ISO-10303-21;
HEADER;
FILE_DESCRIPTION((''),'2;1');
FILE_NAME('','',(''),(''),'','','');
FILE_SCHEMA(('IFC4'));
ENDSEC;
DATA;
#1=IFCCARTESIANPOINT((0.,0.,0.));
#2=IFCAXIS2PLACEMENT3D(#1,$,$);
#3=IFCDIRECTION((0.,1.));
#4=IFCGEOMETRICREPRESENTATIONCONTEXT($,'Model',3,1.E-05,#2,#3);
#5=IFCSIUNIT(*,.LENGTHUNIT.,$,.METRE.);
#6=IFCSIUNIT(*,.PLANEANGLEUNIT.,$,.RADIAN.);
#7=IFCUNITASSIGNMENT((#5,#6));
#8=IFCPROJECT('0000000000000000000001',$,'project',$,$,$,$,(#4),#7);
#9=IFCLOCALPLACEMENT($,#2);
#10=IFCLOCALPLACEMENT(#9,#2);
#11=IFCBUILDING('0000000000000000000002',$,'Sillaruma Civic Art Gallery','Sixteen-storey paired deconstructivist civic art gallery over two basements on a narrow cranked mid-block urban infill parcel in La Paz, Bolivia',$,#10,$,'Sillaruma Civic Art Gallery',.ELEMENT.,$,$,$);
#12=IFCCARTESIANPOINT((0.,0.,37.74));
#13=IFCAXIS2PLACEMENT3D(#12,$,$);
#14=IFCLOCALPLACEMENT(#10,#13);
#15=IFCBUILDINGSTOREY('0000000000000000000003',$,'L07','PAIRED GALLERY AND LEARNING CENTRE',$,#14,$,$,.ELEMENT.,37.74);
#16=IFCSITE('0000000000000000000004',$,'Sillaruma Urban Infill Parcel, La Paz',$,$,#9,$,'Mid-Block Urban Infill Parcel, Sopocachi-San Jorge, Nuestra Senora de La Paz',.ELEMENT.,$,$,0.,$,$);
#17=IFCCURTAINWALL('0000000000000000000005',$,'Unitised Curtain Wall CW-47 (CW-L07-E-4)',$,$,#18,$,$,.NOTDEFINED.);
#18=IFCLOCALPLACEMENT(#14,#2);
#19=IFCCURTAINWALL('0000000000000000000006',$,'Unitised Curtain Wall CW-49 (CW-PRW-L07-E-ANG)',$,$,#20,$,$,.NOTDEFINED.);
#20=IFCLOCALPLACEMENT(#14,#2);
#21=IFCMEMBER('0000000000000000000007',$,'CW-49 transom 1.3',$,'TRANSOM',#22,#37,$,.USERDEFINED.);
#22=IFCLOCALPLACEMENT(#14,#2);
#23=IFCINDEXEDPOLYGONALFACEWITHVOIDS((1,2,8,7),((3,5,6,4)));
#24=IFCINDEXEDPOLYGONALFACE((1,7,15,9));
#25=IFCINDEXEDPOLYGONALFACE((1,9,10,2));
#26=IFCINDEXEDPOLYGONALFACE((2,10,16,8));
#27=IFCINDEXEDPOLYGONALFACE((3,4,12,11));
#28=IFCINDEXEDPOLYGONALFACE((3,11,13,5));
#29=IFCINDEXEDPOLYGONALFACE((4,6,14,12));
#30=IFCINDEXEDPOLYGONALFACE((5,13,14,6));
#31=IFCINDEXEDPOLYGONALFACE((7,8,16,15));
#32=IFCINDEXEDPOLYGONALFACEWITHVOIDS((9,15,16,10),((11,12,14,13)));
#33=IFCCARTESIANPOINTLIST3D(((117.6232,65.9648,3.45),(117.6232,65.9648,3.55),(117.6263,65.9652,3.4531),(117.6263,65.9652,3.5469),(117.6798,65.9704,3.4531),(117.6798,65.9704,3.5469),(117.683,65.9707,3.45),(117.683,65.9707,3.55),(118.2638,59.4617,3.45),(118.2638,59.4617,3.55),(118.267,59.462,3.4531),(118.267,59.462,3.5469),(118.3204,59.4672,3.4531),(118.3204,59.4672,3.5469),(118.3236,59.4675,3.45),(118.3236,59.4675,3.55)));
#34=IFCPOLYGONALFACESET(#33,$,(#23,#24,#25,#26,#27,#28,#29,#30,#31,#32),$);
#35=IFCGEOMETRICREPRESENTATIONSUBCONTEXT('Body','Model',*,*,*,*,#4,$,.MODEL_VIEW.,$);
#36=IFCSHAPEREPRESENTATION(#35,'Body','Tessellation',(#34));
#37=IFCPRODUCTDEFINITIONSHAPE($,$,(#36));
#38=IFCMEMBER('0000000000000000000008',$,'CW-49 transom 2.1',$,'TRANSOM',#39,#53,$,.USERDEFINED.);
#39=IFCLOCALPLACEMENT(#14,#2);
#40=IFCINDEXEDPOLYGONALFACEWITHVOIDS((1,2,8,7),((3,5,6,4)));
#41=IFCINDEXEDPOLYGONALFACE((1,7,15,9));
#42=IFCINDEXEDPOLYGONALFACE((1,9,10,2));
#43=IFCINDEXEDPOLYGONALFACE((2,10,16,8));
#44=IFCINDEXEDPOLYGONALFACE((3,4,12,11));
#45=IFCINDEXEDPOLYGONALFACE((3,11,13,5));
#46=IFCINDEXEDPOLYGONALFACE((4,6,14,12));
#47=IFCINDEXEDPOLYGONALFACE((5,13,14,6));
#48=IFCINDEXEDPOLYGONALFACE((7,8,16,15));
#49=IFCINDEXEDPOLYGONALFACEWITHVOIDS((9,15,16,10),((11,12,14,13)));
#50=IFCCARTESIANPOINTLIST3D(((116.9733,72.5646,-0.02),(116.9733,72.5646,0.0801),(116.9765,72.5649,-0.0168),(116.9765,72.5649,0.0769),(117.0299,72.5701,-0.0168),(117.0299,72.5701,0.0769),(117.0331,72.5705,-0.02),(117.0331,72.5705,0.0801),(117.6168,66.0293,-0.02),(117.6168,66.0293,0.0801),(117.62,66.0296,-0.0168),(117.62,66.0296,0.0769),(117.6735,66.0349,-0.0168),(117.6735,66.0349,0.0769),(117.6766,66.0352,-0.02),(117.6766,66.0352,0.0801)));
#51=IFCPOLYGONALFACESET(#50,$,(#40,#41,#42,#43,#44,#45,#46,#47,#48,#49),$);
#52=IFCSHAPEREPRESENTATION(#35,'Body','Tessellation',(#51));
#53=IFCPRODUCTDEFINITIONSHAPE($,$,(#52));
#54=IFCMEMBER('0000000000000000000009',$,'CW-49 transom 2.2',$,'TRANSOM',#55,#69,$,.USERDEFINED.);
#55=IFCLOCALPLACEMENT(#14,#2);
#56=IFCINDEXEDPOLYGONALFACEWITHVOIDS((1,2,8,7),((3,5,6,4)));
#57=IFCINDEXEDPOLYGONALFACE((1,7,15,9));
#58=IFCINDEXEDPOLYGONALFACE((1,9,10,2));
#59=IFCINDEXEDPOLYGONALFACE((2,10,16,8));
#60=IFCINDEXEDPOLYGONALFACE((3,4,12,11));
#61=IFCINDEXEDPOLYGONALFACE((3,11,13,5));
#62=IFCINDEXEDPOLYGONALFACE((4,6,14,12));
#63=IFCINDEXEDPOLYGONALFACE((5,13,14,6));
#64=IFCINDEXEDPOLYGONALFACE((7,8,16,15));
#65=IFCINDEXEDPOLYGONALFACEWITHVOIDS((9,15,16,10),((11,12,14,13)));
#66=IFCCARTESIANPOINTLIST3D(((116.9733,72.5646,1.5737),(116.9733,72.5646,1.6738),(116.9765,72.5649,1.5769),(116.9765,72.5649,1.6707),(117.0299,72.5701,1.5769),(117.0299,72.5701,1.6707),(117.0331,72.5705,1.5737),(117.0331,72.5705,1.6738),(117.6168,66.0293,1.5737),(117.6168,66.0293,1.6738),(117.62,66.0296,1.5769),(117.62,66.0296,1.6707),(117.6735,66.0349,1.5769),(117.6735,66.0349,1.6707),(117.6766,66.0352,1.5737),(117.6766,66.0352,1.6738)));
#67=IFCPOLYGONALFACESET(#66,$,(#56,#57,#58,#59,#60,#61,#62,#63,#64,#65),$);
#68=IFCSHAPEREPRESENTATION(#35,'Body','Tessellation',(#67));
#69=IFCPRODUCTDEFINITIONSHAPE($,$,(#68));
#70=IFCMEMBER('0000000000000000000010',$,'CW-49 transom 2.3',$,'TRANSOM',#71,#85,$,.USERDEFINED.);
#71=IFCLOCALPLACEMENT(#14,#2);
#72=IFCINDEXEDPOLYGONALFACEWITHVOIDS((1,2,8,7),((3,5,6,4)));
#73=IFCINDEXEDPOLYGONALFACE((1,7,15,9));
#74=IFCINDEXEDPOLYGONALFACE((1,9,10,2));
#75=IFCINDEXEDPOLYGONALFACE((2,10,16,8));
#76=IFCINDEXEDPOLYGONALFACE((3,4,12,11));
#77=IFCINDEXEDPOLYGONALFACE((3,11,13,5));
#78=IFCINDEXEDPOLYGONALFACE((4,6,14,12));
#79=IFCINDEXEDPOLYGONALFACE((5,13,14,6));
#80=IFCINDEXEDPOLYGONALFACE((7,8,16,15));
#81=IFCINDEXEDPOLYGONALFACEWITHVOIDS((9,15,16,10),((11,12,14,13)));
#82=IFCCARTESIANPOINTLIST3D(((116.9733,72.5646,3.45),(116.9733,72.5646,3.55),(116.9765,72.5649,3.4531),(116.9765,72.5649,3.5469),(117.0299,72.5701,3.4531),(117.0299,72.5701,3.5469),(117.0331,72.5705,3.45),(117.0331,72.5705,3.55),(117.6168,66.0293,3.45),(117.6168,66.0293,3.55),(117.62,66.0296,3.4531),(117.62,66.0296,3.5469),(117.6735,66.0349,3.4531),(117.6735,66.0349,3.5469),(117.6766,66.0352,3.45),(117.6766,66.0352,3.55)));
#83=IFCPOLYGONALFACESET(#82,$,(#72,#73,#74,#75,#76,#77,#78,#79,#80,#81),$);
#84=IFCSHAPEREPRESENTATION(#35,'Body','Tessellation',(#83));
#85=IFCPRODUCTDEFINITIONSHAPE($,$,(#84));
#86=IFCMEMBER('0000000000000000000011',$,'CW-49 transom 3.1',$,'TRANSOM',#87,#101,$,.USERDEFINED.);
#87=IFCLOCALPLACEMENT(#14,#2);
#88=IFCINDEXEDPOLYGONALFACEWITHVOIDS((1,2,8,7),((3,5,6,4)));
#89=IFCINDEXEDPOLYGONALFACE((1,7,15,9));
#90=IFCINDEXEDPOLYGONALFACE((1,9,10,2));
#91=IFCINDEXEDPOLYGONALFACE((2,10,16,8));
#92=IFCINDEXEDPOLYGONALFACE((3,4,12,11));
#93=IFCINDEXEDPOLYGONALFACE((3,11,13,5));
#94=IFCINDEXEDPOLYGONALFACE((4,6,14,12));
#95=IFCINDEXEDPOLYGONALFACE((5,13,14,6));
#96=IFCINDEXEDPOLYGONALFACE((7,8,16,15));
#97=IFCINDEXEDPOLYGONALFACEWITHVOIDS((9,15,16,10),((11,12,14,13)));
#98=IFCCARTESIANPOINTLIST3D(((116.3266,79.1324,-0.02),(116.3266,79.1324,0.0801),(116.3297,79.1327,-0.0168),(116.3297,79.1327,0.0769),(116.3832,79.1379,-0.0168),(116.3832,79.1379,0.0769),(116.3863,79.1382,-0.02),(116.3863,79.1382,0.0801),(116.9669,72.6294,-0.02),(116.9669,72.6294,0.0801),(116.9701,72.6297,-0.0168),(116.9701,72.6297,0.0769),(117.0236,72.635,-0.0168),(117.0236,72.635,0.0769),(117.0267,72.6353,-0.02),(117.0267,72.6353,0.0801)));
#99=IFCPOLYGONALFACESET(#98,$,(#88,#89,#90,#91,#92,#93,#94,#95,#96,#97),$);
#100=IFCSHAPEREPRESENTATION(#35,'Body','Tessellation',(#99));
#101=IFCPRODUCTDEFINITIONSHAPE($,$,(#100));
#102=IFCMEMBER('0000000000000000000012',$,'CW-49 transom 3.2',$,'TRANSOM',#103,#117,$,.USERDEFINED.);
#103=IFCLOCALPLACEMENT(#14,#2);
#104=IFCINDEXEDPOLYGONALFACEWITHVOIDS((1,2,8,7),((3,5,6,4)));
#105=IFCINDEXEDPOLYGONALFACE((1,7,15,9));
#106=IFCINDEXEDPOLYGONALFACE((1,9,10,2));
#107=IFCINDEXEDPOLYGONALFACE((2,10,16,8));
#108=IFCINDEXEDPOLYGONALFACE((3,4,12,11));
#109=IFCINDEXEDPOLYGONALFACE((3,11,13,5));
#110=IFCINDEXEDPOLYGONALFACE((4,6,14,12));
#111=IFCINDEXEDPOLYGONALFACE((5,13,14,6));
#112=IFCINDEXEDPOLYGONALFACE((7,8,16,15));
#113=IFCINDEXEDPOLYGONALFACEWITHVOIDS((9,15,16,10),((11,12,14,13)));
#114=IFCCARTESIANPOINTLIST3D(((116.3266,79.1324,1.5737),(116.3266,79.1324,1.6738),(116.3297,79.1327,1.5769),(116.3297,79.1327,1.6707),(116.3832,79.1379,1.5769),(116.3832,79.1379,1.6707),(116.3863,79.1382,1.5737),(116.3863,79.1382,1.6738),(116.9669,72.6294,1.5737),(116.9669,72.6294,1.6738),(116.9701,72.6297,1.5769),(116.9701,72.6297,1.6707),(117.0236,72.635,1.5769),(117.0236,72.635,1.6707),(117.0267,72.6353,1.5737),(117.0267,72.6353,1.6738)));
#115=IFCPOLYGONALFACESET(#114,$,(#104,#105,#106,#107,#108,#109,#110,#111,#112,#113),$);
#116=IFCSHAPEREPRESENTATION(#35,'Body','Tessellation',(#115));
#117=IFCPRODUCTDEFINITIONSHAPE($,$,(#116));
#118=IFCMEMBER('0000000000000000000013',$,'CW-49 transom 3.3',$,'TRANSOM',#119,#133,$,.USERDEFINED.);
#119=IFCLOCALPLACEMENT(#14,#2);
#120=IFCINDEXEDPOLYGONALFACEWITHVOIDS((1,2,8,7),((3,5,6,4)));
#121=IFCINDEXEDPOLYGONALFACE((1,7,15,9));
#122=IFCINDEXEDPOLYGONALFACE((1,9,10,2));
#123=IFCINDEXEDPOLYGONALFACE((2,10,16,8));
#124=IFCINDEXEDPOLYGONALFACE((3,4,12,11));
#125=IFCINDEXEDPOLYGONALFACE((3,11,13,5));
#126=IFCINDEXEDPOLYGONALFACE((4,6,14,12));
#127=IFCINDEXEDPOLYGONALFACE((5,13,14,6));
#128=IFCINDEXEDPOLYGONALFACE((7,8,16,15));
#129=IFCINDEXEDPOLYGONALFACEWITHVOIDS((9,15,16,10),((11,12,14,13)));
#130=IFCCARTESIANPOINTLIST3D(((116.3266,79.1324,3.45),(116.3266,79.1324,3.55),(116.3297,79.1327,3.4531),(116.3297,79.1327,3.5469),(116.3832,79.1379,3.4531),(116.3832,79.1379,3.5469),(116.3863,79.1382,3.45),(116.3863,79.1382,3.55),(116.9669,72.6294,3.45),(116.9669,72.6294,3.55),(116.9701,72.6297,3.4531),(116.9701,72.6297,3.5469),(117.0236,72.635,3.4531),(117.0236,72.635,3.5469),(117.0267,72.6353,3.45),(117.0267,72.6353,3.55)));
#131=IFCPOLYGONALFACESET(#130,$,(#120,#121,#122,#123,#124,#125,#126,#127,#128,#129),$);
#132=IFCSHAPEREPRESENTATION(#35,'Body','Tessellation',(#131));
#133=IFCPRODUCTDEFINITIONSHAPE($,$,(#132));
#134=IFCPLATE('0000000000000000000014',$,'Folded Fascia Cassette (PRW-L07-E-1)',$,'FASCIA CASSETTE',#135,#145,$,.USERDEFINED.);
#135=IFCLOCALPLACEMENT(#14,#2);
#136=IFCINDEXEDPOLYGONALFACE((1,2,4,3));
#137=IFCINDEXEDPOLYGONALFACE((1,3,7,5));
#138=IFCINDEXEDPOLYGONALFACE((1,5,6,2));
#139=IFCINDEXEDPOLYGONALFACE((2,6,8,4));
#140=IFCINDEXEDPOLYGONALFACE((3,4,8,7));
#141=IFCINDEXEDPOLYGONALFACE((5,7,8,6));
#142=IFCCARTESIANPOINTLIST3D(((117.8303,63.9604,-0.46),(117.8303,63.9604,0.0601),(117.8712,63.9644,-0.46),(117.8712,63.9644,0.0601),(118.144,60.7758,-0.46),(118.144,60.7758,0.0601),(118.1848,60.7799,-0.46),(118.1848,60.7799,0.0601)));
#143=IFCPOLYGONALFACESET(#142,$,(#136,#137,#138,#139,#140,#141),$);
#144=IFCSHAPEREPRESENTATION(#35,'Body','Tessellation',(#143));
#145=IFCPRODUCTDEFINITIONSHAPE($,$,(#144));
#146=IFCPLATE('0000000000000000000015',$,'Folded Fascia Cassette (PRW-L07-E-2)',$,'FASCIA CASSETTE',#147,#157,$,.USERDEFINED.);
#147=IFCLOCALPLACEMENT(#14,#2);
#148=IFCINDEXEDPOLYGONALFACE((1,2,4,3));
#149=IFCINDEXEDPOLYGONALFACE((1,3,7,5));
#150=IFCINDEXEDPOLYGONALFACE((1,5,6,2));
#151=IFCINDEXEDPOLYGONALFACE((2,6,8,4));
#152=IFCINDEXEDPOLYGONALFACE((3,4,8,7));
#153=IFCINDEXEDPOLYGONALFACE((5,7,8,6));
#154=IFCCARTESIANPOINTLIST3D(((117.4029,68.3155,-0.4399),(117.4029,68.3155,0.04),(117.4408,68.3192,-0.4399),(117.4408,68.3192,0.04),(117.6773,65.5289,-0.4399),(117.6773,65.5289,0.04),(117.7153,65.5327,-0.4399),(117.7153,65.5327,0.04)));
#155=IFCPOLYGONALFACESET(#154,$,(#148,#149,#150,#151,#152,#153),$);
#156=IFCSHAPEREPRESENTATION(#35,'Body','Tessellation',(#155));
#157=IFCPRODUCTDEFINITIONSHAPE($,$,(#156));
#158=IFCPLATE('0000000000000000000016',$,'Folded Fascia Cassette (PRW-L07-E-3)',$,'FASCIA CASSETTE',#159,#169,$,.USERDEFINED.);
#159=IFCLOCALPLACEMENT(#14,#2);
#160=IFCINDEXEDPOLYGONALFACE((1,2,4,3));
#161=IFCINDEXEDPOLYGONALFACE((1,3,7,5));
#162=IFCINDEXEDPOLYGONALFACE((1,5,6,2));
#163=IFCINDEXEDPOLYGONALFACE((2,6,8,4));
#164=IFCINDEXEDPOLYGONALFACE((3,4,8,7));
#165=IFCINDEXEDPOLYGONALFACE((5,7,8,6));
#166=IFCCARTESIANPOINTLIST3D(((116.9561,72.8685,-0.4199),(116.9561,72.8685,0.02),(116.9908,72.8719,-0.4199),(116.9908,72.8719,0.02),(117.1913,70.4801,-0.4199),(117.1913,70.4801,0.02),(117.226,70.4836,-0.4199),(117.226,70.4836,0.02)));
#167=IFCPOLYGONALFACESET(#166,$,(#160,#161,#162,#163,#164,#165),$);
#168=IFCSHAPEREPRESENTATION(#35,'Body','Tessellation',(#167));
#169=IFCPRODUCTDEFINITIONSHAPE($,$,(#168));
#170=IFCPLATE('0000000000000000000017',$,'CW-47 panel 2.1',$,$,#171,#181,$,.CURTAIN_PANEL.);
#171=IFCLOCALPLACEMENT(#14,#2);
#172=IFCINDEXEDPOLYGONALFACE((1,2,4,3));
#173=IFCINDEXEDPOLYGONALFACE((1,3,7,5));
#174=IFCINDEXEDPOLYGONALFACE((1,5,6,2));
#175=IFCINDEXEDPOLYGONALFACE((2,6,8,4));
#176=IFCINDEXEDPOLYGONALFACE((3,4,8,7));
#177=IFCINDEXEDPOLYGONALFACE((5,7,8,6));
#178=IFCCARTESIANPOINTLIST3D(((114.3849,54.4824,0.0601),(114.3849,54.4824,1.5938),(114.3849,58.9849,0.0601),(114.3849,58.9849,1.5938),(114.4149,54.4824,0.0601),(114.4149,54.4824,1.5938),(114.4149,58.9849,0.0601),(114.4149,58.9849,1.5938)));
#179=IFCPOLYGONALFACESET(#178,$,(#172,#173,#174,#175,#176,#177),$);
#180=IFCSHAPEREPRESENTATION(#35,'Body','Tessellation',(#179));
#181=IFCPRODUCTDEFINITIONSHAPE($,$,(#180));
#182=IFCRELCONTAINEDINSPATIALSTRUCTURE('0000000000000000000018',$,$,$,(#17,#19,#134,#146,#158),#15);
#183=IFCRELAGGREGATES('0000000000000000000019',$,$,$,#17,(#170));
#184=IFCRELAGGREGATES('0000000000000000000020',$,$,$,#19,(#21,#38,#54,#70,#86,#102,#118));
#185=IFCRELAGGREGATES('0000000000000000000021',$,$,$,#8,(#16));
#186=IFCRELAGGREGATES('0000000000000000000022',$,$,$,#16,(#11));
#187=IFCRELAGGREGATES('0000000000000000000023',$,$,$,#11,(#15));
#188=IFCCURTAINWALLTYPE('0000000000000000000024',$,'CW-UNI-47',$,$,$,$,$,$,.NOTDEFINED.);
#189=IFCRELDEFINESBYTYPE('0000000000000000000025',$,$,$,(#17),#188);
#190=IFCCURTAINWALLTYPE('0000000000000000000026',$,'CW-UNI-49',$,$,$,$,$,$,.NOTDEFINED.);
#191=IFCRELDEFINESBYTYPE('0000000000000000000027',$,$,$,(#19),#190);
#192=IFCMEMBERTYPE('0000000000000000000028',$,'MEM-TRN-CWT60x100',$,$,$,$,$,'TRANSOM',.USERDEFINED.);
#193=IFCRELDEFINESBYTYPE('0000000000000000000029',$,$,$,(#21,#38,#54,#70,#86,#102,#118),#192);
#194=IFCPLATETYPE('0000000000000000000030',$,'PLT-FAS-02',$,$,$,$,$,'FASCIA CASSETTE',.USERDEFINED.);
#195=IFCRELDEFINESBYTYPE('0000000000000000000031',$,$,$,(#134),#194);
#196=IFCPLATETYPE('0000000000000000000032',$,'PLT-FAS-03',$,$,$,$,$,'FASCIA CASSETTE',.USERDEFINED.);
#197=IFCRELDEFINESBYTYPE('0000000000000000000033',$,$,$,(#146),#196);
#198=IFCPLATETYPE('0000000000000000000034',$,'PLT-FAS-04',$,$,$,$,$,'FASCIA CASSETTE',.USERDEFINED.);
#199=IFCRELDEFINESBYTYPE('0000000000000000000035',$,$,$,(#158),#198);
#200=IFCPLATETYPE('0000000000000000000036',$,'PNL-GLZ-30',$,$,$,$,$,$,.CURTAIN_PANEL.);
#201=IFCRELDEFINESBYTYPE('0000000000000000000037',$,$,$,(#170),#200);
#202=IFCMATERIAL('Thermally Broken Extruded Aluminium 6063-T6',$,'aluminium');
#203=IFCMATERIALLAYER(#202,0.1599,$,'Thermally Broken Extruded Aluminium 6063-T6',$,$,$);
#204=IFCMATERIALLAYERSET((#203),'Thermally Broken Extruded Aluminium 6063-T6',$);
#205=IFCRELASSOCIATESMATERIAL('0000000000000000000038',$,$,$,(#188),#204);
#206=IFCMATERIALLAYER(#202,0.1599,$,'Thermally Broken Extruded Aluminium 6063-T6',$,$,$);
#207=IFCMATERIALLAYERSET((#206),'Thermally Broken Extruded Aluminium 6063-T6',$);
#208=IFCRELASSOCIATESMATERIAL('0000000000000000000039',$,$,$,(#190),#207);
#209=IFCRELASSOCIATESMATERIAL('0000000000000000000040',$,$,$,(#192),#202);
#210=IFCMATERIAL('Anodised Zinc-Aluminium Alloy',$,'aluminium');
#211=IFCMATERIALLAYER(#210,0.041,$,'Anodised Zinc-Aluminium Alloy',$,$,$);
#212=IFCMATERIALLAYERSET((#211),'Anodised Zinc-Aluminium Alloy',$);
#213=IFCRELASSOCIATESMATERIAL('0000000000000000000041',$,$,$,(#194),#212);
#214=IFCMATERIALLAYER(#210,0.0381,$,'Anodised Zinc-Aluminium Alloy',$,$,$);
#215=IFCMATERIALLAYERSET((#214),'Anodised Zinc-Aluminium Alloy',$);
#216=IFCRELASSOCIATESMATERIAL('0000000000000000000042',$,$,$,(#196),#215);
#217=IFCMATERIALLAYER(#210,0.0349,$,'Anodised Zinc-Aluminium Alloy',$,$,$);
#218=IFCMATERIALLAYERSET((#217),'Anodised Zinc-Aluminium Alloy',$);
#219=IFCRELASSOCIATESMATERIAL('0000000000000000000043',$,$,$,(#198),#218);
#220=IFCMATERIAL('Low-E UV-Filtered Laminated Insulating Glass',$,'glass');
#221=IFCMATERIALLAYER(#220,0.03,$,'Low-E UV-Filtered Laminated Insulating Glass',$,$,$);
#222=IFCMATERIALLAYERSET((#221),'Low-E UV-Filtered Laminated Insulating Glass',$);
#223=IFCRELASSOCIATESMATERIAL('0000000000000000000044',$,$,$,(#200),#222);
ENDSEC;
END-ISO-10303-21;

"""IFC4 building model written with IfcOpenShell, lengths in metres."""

from ifc_helpers import new_model, si_unit, direction, frame, origin, origin_2d, place, context, subcontext, project, spatial, rectangle, hollow_rectangle, extrude, material, layer, layer_set, material_profile, profile_set, type_object, element, aggregate, save


model = new_model("IFC4")

# Units and contexts
model_context = context("Model", 3, precision=1e-05, world=origin(), true_north=direction((0.0, 1.0)))
body_context = subcontext(model_context, "Body", "Model", "MODEL_VIEW")
ifc_project = project(units=[si_unit("LENGTHUNIT", "METRE"), si_unit("PLANEANGLEUNIT", "RADIAN")], contexts=[model_context])

# Site, building, storey
site_placement = place(None, origin())
site = spatial("IfcSite", under=ifc_project, at=site_placement, Name="Sillaruma Urban Infill Parcel, La Paz", LongName="Mid-Block Urban Infill Parcel, Sopocachi-San Jorge, Nuestra Senora de La Paz", CompositionType="ELEMENT", RefElevation=0.0)
building_placement = place(site_placement, origin())
building = spatial("IfcBuilding", under=site, at=building_placement, Name="Sillaruma Civic Art Gallery", Description="Sixteen-storey paired deconstructivist civic art gallery over two basements on a narrow cranked mid-block urban infill parcel in La Paz, Bolivia", LongName="Sillaruma Civic Art Gallery", CompositionType="ELEMENT")
storey_placement = place(building_placement, frame((0.0, 0.0, 37.74)))
storey = spatial("IfcBuildingStorey", under=building, at=storey_placement, Name="L07", Description="PAIRED GALLERY AND LEARNING CENTRE", CompositionType="ELEMENT", Elevation=37.74)

# Curtain walls
ifc_material_1 = material(Name="Thermally Broken Extruded Aluminium 6063-T6", Category="aluminium")
ifc_layer_1 = layer(ifc_material_1, 0.1599, Name="Thermally Broken Extruded Aluminium 6063-T6")
ifc_layer_set_1 = layer_set([ifc_layer_1], Name="Thermally Broken Extruded Aluminium 6063-T6")
curtain_wall_type_1 = type_object("IfcCurtainWallType", Name="CW-UNI-47", PredefinedType="NOTDEFINED", material=ifc_layer_set_1)
curtain_wall_1_placement = place(storey_placement, origin())
curtain_wall_1 = element("IfcCurtainWall", 1, at=curtain_wall_1_placement, inside=storey, type_object=curtain_wall_type_1, Name="Unitised Curtain Wall CW-47 (CW-L07-E-4)", PredefinedType="NOTDEFINED")
ifc_layer_2 = layer(ifc_material_1, 0.1599, Name="Thermally Broken Extruded Aluminium 6063-T6")
ifc_layer_set_2 = layer_set([ifc_layer_2], Name="Thermally Broken Extruded Aluminium 6063-T6")
curtain_wall_type_2 = type_object("IfcCurtainWallType", Name="CW-UNI-49", PredefinedType="NOTDEFINED", material=ifc_layer_set_2)
curtain_wall_2_placement = place(storey_placement, origin())
curtain_wall_2 = element("IfcCurtainWall", 2, at=curtain_wall_2_placement, inside=storey, type_object=curtain_wall_type_2, Name="Unitised Curtain Wall CW-49 (CW-PRW-L07-E-ANG)", PredefinedType="NOTDEFINED")

# Members
ifc_material_profile_1 = material_profile(ifc_material_1, hollow_rectangle(XDim=0.0601, YDim=0.1001, WallThickness=0.0032, at=origin_2d()), Name="CWT60x100")
ifc_profile_set_1 = profile_set([ifc_material_profile_1], Name="Thermally Broken Extruded Aluminium 6063-T6")
member_type_1 = type_object("IfcMemberType", Name="MEM-TRN-CWT60x100", ElementType="TRANSOM", PredefinedType="USERDEFINED", material=ifc_profile_set_1)
member_1_placement = place(storey_placement, frame((118.2937, 59.4646, 3.5), z_axis=(-0.098035, 0.995183, 0.0), x_axis=(-0.995183, -0.098035, 0.0)))
member_1 = element("IfcMember", 3, at=member_1_placement, type_object=member_type_1, Name="CW-49 transom 1.3", ObjectType="TRANSOM", PredefinedType="USERDEFINED", context=body_context, shape_type="SweptSolid", body=[
    extrude(hollow_rectangle(XDim=0.0601, YDim=0.1001, WallThickness=0.0032, at=origin_2d()), origin(), (0.0, 0.0, 1.0), 6.5347),
])
member_2_placement = place(storey_placement, frame((117.6467, 66.0322, 0.03), z_axis=(-0.097998, 0.995187, 0.0), x_axis=(-0.995187, -0.097998, 0.0)))
member_2 = element("IfcMember", 4, at=member_2_placement, type_object=member_type_1, Name="CW-49 transom 2.1", ObjectType="TRANSOM", PredefinedType="USERDEFINED", context=body_context, shape_type="SweptSolid", body=[
    extrude(hollow_rectangle(XDim=0.0601, YDim=0.1001, WallThickness=0.0032, at=origin_2d()), origin(), (0.0, 0.0, 1.0), 6.5669),
])
member_3_placement = place(storey_placement, frame((117.6467, 66.0322, 1.6238), z_axis=(-0.097998, 0.995187, 0.0), x_axis=(-0.995187, -0.097998, 0.0)))
member_3 = element("IfcMember", 5, at=member_3_placement, type_object=member_type_1, Name="CW-49 transom 2.2", ObjectType="TRANSOM", PredefinedType="USERDEFINED", context=body_context, shape_type="SweptSolid", body=[
    extrude(hollow_rectangle(XDim=0.0601, YDim=0.1001, WallThickness=0.0032, at=origin_2d()), origin(), (0.0, 0.0, 1.0), 6.5669),
])
member_4_placement = place(storey_placement, frame((117.6467, 66.0322, 3.5), z_axis=(-0.097998, 0.995187, 0.0), x_axis=(-0.995187, -0.097998, 0.0)))
member_4 = element("IfcMember", 6, at=member_4_placement, type_object=member_type_1, Name="CW-49 transom 2.3", ObjectType="TRANSOM", PredefinedType="USERDEFINED", context=body_context, shape_type="SweptSolid", body=[
    extrude(hollow_rectangle(XDim=0.0601, YDim=0.1001, WallThickness=0.0032, at=origin_2d()), origin(), (0.0, 0.0, 1.0), 6.5669),
])
member_5_placement = place(storey_placement, frame((116.9968, 72.6323, 0.03), z_axis=(-0.098002, 0.995186, 0.0), x_axis=(-0.995186, -0.098002, 0.0)))
member_5 = element("IfcMember", 7, at=member_5_placement, type_object=member_type_1, Name="CW-49 transom 3.1", ObjectType="TRANSOM", PredefinedType="USERDEFINED", context=body_context, shape_type="SweptSolid", body=[
    extrude(hollow_rectangle(XDim=0.0601, YDim=0.1001, WallThickness=0.0032, at=origin_2d()), origin(), (0.0, 0.0, 1.0), 6.5344),
])
member_6_placement = place(storey_placement, frame((116.9968, 72.6323, 1.6238), z_axis=(-0.098002, 0.995186, 0.0), x_axis=(-0.995186, -0.098002, 0.0)))
member_6 = element("IfcMember", 8, at=member_6_placement, type_object=member_type_1, Name="CW-49 transom 3.2", ObjectType="TRANSOM", PredefinedType="USERDEFINED", context=body_context, shape_type="SweptSolid", body=[
    extrude(hollow_rectangle(XDim=0.0601, YDim=0.1001, WallThickness=0.0032, at=origin_2d()), origin(), (0.0, 0.0, 1.0), 6.5344),
])
member_7_placement = place(storey_placement, frame((116.9968, 72.6323, 3.5), z_axis=(-0.098002, 0.995186, 0.0), x_axis=(-0.995186, -0.098002, 0.0)))
member_7 = element("IfcMember", 9, at=member_7_placement, type_object=member_type_1, Name="CW-49 transom 3.3", ObjectType="TRANSOM", PredefinedType="USERDEFINED", context=body_context, shape_type="SweptSolid", body=[
    extrude(hollow_rectangle(XDim=0.0601, YDim=0.1001, WallThickness=0.0032, at=origin_2d()), origin(), (0.0, 0.0, 1.0), 6.5344),
])

# Plates
ifc_material_2 = material(Name="Anodised Zinc-Aluminium Alloy", Category="aluminium")
ifc_layer_3 = layer(ifc_material_2, 0.041, Name="Anodised Zinc-Aluminium Alloy")
ifc_layer_set_3 = layer_set([ifc_layer_3], Name="Anodised Zinc-Aluminium Alloy")
plate_type_1 = type_object("IfcPlateType", Name="PLT-FAS-02", ElementType="FASCIA CASSETTE", PredefinedType="USERDEFINED", material=ifc_layer_set_3)
plate_1_placement = place(storey_placement, frame((118.0076, 62.3701, -0.46), z_axis=(0.0, 0.0, 1.0), x_axis=(-0.098011, 0.995185, 0.0)))
element("IfcPlate", 10, at=plate_1_placement, inside=storey, type_object=plate_type_1, Name="Folded Fascia Cassette (PRW-L07-E-1)", ObjectType="FASCIA CASSETTE", PredefinedType="USERDEFINED", context=body_context, shape_type="SweptSolid", body=[
    extrude(rectangle(XDim=3.2, YDim=0.041, at=origin_2d()), origin(), (0.0, 0.0, 1.0), 0.52),
])
ifc_layer_4 = layer(ifc_material_2, 0.0381, Name="Anodised Zinc-Aluminium Alloy")
ifc_layer_set_4 = layer_set([ifc_layer_4], Name="Anodised Zinc-Aluminium Alloy")
plate_type_2 = type_object("IfcPlateType", Name="PLT-FAS-03", ElementType="FASCIA CASSETTE", PredefinedType="USERDEFINED", material=ifc_layer_set_4)
plate_2_placement = place(storey_placement, frame((117.5591, 66.9241, -0.4399), z_axis=(0.0, 0.0, 1.0), x_axis=(-0.098011, 0.995185, 0.0)))
element("IfcPlate", 11, at=plate_2_placement, inside=storey, type_object=plate_type_2, Name="Folded Fascia Cassette (PRW-L07-E-2)", ObjectType="FASCIA CASSETTE", PredefinedType="USERDEFINED", context=body_context, shape_type="SweptSolid", body=[
    extrude(rectangle(XDim=2.8, YDim=0.0381, at=origin_2d()), origin(), (0.0, 0.0, 1.0), 0.48),
])
ifc_layer_5 = layer(ifc_material_2, 0.0349, Name="Anodised Zinc-Aluminium Alloy")
ifc_layer_set_5 = layer_set([ifc_layer_5], Name="Anodised Zinc-Aluminium Alloy")
plate_type_3 = type_object("IfcPlateType", Name="PLT-FAS-04", ElementType="FASCIA CASSETTE", PredefinedType="USERDEFINED", material=ifc_layer_set_5)
plate_3_placement = place(storey_placement, frame((117.0911, 71.676, -0.4199), z_axis=(0.0, 0.0, 1.0), x_axis=(-0.098011, 0.995185, 0.0)))
element("IfcPlate", 12, at=plate_3_placement, inside=storey, type_object=plate_type_3, Name="Folded Fascia Cassette (PRW-L07-E-3)", ObjectType="FASCIA CASSETTE", PredefinedType="USERDEFINED", context=body_context, shape_type="SweptSolid", body=[
    extrude(rectangle(XDim=2.3999, YDim=0.0349, at=origin_2d()), origin(), (0.0, 0.0, 1.0), 0.4399),
])

# Plate
ifc_material_3 = material(Name="Low-E UV-Filtered Laminated Insulating Glass", Category="glass")
ifc_layer_6 = layer(ifc_material_3, 0.03, Name="Low-E UV-Filtered Laminated Insulating Glass")
ifc_layer_set_6 = layer_set([ifc_layer_6], Name="Low-E UV-Filtered Laminated Insulating Glass")
plate_type_4 = type_object("IfcPlateType", Name="PNL-GLZ-30", PredefinedType="CURTAIN_PANEL", material=ifc_layer_set_6)
plate_4_placement = place(storey_placement, frame((114.3999, 56.7336, 0.0601), z_axis=(0.0, 0.0, 1.0), x_axis=(0.0, 1.0, 0.0)))
plate_4 = element("IfcPlate", 13, at=plate_4_placement, type_object=plate_type_4, Name="CW-47 panel 2.1", PredefinedType="CURTAIN_PANEL", context=body_context, shape_type="SweptSolid", body=[
    extrude(rectangle(XDim=4.5024, YDim=0.03, at=origin_2d()), origin(), (0.0, 0.0, 1.0), 1.5337),
])
aggregate(curtain_wall_1, [plate_4])
aggregate(curtain_wall_2, [member_1, member_2, member_3, member_4, member_5, member_6, member_7])

save(model, "model.ifc")
